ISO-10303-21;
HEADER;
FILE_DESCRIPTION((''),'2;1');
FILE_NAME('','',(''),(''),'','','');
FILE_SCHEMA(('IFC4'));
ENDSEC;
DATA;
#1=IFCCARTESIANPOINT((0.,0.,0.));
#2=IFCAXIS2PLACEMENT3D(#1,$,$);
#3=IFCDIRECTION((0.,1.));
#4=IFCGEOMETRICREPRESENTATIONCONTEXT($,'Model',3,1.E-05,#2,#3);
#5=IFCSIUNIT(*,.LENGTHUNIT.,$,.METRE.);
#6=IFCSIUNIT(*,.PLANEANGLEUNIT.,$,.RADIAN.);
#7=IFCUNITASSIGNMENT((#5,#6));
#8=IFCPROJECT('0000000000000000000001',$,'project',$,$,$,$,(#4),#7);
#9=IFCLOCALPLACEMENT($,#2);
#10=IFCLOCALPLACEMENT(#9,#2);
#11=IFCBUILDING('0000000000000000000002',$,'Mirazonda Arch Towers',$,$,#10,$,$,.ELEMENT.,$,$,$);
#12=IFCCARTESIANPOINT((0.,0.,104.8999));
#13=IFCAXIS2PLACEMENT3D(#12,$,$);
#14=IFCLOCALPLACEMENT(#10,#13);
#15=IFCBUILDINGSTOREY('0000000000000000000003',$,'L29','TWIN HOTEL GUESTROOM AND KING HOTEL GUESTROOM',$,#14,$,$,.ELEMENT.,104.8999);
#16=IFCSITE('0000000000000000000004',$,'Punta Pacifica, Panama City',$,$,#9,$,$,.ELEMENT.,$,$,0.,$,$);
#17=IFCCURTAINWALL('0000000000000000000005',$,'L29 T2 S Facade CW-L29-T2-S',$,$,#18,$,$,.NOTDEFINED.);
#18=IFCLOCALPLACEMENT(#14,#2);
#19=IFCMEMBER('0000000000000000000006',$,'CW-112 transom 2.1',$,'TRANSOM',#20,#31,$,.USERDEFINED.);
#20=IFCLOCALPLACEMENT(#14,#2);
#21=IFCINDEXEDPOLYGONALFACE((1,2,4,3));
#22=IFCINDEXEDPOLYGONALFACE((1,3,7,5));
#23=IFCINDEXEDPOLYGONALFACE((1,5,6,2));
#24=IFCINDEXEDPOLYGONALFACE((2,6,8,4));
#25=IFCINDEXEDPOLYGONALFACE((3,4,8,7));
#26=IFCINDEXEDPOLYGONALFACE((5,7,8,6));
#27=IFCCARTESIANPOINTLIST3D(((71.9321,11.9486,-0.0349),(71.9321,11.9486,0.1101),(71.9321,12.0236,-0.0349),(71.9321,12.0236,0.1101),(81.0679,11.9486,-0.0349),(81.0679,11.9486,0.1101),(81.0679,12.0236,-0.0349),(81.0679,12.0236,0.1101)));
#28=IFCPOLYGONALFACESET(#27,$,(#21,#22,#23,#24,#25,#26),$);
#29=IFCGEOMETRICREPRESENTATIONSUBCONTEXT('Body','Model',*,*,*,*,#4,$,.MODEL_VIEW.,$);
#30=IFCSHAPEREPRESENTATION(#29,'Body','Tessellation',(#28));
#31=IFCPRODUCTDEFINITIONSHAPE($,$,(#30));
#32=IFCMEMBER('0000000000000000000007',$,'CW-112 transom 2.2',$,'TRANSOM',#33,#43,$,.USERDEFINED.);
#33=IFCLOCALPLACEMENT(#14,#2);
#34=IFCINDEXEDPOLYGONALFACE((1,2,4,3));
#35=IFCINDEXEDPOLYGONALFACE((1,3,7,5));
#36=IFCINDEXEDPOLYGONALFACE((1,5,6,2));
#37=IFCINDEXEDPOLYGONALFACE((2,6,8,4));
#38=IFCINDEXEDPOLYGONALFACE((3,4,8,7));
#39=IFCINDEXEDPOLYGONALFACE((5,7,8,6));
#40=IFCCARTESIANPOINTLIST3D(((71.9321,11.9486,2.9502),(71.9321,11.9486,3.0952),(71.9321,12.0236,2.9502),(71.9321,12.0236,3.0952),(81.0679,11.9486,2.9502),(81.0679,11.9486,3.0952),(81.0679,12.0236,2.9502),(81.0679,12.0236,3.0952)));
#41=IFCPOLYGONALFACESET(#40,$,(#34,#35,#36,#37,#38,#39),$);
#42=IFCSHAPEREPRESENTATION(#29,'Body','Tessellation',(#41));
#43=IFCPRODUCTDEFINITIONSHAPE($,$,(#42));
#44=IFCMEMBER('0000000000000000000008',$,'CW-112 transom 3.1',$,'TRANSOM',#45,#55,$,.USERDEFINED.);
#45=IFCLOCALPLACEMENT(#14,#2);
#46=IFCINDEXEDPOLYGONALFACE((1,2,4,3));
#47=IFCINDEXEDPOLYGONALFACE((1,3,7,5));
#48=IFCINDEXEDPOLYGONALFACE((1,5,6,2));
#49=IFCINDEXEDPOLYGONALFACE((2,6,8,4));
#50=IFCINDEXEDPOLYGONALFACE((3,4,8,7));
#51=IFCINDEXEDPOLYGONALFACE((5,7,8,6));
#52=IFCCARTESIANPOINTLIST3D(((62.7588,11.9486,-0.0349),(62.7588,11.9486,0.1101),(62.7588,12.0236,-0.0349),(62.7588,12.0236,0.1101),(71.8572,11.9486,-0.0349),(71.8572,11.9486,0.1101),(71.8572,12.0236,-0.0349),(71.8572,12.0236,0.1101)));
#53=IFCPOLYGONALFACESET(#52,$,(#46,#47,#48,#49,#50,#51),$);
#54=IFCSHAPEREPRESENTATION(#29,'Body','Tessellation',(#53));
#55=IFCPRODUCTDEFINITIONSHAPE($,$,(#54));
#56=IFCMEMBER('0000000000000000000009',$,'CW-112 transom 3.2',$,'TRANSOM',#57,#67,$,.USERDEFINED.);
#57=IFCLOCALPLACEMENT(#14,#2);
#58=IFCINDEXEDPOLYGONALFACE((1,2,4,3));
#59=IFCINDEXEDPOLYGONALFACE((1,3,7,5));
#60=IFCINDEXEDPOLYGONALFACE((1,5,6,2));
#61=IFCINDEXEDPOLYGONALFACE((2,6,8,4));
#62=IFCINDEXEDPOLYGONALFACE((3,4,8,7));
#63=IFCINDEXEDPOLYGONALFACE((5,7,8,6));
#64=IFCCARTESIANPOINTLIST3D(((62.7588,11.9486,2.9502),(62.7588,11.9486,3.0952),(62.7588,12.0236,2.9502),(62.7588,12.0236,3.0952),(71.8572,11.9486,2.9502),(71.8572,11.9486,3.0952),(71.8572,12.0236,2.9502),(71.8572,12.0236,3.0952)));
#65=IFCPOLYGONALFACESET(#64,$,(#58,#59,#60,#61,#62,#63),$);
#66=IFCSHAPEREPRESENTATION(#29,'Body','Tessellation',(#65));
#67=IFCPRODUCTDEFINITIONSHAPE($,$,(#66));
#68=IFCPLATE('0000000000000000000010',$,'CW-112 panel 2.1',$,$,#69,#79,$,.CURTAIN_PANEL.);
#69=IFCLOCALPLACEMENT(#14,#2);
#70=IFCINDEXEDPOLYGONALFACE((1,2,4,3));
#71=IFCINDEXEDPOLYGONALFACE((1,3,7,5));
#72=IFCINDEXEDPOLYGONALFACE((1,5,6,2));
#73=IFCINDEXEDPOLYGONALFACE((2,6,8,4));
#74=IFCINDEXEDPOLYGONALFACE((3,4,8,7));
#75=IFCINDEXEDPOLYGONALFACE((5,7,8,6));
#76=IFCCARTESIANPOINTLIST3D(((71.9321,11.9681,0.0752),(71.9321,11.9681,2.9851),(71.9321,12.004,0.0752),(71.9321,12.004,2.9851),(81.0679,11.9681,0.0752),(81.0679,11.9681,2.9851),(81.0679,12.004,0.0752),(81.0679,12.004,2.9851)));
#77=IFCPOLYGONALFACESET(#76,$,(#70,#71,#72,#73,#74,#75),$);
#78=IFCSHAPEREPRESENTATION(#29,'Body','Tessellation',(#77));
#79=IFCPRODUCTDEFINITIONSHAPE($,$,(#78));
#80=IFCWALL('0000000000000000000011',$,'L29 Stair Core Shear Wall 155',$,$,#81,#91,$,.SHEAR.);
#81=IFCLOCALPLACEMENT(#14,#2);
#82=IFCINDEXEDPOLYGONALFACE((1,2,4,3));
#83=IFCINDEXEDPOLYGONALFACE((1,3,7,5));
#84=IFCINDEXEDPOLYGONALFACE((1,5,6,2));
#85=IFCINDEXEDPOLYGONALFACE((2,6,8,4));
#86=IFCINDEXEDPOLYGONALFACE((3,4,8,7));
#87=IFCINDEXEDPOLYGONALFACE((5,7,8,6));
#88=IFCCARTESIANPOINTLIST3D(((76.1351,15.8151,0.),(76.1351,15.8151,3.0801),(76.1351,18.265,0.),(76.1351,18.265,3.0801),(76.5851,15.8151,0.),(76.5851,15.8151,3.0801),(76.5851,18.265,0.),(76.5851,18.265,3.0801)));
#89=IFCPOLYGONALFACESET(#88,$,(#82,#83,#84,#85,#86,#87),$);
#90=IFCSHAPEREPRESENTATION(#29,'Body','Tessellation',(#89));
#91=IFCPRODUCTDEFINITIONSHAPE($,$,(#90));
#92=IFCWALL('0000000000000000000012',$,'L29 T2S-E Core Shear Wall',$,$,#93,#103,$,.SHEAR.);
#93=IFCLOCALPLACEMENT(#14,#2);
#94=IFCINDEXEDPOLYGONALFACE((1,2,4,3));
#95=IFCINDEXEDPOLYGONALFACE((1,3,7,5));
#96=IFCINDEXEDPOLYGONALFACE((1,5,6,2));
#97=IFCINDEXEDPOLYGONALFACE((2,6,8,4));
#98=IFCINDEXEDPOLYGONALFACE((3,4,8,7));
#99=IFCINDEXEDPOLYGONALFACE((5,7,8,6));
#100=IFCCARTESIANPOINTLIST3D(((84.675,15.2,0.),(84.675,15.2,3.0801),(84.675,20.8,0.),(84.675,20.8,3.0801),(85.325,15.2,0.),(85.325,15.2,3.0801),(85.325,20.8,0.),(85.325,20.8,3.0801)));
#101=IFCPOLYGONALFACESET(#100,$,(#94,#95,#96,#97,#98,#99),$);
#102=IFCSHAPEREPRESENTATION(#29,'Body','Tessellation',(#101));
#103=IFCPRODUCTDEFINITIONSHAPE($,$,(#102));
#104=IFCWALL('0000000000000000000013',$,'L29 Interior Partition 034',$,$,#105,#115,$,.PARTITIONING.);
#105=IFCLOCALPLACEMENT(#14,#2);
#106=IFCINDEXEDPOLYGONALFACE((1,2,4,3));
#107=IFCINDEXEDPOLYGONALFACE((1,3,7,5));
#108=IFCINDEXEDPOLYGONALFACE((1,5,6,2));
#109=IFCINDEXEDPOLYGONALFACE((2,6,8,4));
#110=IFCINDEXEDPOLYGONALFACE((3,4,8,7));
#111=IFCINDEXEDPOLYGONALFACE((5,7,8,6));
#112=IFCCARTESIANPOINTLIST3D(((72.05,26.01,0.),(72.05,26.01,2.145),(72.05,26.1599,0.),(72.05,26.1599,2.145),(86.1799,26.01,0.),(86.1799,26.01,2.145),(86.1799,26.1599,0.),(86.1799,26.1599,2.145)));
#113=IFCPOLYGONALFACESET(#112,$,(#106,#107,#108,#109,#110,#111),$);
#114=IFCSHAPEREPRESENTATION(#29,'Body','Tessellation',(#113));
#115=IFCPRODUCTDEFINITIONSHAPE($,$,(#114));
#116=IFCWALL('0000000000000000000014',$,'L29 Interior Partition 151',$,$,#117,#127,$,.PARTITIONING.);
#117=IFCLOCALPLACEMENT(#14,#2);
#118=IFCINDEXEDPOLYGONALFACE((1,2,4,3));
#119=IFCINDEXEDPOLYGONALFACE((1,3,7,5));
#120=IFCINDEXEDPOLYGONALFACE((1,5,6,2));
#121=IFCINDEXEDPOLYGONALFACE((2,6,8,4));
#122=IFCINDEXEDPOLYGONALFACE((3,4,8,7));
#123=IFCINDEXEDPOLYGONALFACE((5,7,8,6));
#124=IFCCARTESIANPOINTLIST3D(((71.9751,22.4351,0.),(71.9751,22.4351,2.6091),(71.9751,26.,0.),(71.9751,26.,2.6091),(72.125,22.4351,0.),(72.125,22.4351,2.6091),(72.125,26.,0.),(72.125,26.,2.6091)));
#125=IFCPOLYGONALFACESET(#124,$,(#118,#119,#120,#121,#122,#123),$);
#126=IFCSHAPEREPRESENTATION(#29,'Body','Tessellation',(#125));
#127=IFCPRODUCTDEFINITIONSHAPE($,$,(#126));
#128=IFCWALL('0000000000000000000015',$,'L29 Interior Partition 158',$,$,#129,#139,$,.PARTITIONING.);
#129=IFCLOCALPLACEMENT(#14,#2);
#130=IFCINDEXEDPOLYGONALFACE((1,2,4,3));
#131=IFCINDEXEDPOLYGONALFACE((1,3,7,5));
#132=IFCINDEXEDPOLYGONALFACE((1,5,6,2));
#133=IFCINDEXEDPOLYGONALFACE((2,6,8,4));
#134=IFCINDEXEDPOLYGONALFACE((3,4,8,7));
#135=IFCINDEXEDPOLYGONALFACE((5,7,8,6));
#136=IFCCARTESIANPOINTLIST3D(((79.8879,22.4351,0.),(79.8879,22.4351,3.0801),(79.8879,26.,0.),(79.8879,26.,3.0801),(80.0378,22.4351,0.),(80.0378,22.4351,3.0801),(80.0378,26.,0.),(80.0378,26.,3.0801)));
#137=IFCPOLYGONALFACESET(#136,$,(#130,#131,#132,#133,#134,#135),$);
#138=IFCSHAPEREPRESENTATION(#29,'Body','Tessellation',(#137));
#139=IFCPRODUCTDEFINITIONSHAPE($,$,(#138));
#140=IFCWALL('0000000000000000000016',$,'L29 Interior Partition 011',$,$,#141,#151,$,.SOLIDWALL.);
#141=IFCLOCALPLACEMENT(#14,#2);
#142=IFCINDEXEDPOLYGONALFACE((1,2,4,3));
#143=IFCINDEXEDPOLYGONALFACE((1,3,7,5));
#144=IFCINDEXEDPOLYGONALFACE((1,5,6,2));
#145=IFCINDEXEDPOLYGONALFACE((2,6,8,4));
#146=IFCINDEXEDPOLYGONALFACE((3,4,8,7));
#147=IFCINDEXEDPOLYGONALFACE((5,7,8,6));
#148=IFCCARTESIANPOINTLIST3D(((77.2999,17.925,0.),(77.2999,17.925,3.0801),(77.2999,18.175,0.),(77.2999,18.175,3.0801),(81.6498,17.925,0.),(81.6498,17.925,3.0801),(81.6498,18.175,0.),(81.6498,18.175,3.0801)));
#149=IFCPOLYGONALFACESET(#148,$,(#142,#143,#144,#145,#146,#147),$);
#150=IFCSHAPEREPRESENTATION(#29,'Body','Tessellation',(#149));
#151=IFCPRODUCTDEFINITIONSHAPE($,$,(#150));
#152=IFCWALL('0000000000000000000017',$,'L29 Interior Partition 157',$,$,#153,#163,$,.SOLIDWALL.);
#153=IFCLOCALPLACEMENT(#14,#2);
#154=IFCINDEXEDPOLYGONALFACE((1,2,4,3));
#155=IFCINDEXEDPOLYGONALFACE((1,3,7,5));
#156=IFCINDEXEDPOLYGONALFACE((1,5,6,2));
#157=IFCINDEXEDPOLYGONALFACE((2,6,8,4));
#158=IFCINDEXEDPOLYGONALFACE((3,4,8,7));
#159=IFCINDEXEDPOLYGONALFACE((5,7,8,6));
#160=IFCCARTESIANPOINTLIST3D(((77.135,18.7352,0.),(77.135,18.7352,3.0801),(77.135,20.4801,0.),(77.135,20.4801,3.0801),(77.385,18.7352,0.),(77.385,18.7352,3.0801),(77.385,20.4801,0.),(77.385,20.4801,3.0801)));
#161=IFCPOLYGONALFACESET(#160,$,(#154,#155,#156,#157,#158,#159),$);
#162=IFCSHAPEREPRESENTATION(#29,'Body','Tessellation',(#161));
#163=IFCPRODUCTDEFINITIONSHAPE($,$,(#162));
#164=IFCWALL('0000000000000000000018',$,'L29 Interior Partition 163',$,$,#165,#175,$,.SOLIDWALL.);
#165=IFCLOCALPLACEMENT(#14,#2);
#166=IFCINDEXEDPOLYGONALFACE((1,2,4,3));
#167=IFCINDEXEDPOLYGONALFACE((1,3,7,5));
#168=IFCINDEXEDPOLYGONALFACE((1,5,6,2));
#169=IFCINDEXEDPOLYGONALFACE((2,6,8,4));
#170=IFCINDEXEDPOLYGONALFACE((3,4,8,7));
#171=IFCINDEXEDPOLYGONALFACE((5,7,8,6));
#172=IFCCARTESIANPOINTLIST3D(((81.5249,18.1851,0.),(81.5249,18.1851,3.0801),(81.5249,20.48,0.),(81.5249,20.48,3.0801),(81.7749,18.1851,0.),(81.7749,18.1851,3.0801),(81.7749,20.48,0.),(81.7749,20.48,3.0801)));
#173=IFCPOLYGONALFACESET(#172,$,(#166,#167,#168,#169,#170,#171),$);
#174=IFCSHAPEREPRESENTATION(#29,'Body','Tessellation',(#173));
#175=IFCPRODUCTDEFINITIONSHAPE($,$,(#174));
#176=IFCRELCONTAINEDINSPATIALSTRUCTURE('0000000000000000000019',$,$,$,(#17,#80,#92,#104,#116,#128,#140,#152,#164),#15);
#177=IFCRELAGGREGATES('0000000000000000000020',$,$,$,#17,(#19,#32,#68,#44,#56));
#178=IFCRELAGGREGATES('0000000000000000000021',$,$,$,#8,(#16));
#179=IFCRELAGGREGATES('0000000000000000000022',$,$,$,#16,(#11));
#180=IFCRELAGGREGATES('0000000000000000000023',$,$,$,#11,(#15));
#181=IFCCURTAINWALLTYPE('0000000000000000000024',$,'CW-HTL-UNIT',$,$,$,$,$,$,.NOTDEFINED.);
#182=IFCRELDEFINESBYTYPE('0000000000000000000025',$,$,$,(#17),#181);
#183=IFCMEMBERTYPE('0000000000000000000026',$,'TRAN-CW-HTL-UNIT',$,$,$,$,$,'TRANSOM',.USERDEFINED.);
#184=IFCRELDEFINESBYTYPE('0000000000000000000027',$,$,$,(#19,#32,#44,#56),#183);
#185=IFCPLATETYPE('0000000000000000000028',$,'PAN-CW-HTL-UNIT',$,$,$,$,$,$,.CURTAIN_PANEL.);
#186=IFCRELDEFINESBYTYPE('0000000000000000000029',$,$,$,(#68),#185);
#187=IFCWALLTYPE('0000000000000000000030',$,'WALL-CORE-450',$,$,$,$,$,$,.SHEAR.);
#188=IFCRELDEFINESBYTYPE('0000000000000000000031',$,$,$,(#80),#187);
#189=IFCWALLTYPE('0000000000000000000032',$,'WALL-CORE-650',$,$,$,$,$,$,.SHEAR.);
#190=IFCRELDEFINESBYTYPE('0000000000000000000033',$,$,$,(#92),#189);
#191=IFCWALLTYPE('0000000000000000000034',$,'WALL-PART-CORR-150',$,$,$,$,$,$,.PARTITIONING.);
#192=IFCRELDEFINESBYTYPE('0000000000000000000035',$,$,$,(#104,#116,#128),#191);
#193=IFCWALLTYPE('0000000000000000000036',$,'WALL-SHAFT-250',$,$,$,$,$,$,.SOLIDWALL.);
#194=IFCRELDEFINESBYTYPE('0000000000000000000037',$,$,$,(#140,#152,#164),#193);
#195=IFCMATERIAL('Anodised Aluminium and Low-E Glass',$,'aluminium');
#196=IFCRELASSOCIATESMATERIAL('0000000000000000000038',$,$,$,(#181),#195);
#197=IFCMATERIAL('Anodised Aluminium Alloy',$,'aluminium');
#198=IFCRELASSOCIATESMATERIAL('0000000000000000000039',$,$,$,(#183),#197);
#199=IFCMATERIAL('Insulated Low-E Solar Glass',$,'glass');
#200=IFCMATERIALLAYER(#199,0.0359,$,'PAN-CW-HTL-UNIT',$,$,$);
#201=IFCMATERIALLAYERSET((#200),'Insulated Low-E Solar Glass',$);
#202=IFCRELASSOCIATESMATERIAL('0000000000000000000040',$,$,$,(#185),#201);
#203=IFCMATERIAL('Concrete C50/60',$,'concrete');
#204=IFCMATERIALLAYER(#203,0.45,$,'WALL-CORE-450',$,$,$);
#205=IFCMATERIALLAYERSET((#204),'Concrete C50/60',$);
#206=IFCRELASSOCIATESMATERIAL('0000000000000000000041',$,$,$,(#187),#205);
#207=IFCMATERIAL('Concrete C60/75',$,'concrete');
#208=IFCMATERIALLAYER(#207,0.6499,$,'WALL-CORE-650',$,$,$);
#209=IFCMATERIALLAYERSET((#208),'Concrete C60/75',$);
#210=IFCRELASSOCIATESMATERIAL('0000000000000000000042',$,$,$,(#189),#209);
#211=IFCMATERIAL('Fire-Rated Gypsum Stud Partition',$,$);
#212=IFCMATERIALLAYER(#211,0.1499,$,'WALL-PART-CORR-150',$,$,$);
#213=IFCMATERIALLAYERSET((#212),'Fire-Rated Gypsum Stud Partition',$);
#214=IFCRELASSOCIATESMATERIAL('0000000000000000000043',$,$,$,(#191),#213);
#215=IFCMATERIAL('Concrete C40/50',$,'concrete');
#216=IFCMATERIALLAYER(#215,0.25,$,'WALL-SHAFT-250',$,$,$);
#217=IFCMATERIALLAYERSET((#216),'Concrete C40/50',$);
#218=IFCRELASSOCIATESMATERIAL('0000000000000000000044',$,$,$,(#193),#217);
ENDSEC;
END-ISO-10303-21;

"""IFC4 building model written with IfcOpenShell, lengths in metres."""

from ifc_helpers import new_model, si_unit, direction, frame, frame_2d, origin, origin_2d, place, context, subcontext, project, spatial, rectangle, extrude, material, layer, layer_set, material_profile, profile_set, type_object, element, aggregate, save


model = new_model("IFC4")

# Units and contexts
model_context = context("Model", 3, precision=1e-05, world=origin(), true_north=direction((0.0, 1.0)))
body_context = subcontext(model_context, "Body", "Model", "MODEL_VIEW")
ifc_project = project(units=[si_unit("LENGTHUNIT", "METRE"), si_unit("PLANEANGLEUNIT", "RADIAN")], contexts=[model_context])

# Site, building, storey
site_placement = place(None, origin())
site = spatial("IfcSite", under=ifc_project, at=site_placement, Name="Punta Pacifica, Panama City", CompositionType="ELEMENT", RefElevation=0.0)
building_placement = place(site_placement, origin())
building = spatial("IfcBuilding", under=site, at=building_placement, Name="Mirazonda Arch Towers", CompositionType="ELEMENT")
storey_placement = place(building_placement, frame((0.0, 0.0, 104.8999)))
storey = spatial("IfcBuildingStorey", under=building, at=storey_placement, Name="L29", Description="TWIN HOTEL GUESTROOM AND KING HOTEL GUESTROOM", CompositionType="ELEMENT", Elevation=104.8999)

# Shared definitions
ifc_material_1 = material(Name="Concrete C50/60", Category="concrete")

# Shared definitions
ifc_material_2 = material(Name="Concrete C60/75", Category="concrete")

# Curtain wall, members, plate
ifc_material_3 = material(Name="Anodised Aluminium and Low-E Glass", Category="aluminium")
curtain_wall_type = type_object("IfcCurtainWallType", Name="CW-HTL-UNIT", PredefinedType="NOTDEFINED", material=ifc_material_3)
curtain_wall_placement = place(storey_placement, origin())
curtain_wall = element("IfcCurtainWall", 1, at=curtain_wall_placement, inside=storey, type_object=curtain_wall_type, Name="L29 T2 S Facade CW-L29-T2-S", PredefinedType="NOTDEFINED")
ifc_material_4 = material(Name="Anodised Aluminium Alloy", Category="aluminium")
ifc_material_profile_1 = material_profile(ifc_material_4, rectangle(XDim=0.075, YDim=0.145, at=origin_2d()), Name="ALU-TRAN-75x145")
ifc_profile_set_1 = profile_set([ifc_material_profile_1], Name="Anodised Aluminium Alloy")
member_type_1 = type_object("IfcMemberType", Name="TRAN-CW-HTL-UNIT", ElementType="TRANSOM", PredefinedType="USERDEFINED", material=ifc_profile_set_1)
member_1_placement = place(storey_placement, frame((81.0679, 11.9861, 0.0376), z_axis=(-1.0, 0.0, 0.0), x_axis=(0.0, -1.0, 0.0)))
member_1 = element("IfcMember", 2, at=member_1_placement, type_object=member_type_1, Name="CW-112 transom 2.1", ObjectType="TRANSOM", PredefinedType="USERDEFINED", context=body_context, shape_type="SweptSolid", body=[
    extrude(rectangle(XDim=0.075, YDim=0.145, at=origin_2d()), origin(), (0.0, 0.0, 1.0), 9.1357),
])
member_2_placement = place(storey_placement, frame((81.0679, 11.9861, 3.0227), z_axis=(-1.0, 0.0, 0.0), x_axis=(0.0, -1.0, 0.0)))
member_2 = element("IfcMember", 3, at=member_2_placement, type_object=member_type_1, Name="CW-112 transom 2.2", ObjectType="TRANSOM", PredefinedType="USERDEFINED", context=body_context, shape_type="SweptSolid", body=[
    extrude(rectangle(XDim=0.075, YDim=0.145, at=origin_2d()), origin(), (0.0, 0.0, 1.0), 9.1357),
])
member_3_placement = place(storey_placement, frame((71.8572, 11.9861, 0.0376), z_axis=(-1.0, 0.0, 0.0), x_axis=(0.0, -1.0, 0.0)))
member_3 = element("IfcMember", 4, at=member_3_placement, type_object=member_type_1, Name="CW-112 transom 3.1", ObjectType="TRANSOM", PredefinedType="USERDEFINED", context=body_context, shape_type="SweptSolid", body=[
    extrude(rectangle(XDim=0.075, YDim=0.145, at=origin_2d()), origin(), (0.0, 0.0, 1.0), 9.0984),
])
member_4_placement = place(storey_placement, frame((71.8572, 11.9861, 3.0227), z_axis=(-1.0, 0.0, 0.0), x_axis=(0.0, -1.0, 0.0)))
member_4 = element("IfcMember", 5, at=member_4_placement, type_object=member_type_1, Name="CW-112 transom 3.2", ObjectType="TRANSOM", PredefinedType="USERDEFINED", context=body_context, shape_type="SweptSolid", body=[
    extrude(rectangle(XDim=0.075, YDim=0.145, at=origin_2d()), origin(), (0.0, 0.0, 1.0), 9.0984),
])
ifc_material_5 = material(Name="Insulated Low-E Solar Glass", Category="glass")
ifc_layer_1 = layer(ifc_material_5, 0.0359, Name="PAN-CW-HTL-UNIT")
ifc_layer_set_1 = layer_set([ifc_layer_1], Name="Insulated Low-E Solar Glass")
plate_type = type_object("IfcPlateType", Name="PAN-CW-HTL-UNIT", PredefinedType="CURTAIN_PANEL", material=ifc_layer_set_1)
plate_placement = place(storey_placement, frame((76.5, 11.9861, 0.0752), z_axis=(0.0, 0.0, 1.0), x_axis=(-1.0, 0.0, 0.0)))
plate = element("IfcPlate", 6, at=plate_placement, type_object=plate_type, Name="CW-112 panel 2.1", PredefinedType="CURTAIN_PANEL", context=body_context, shape_type="SweptSolid", body=[
    extrude(rectangle(XDim=9.1357, YDim=0.0359, at=origin_2d()), origin(), (0.0, 0.0, 1.0), 2.9099),
])
aggregate(curtain_wall, [member_1, member_2, plate, member_3, member_4])

# Walls
ifc_layer_2 = layer(ifc_material_1, 0.45, Name="WALL-CORE-450")
ifc_layer_set_2 = layer_set([ifc_layer_2], Name="Concrete C50/60")
wall_type_1 = type_object("IfcWallType", Name="WALL-CORE-450", PredefinedType="SHEAR", material=ifc_layer_set_2)
wall_1_placement = place(storey_placement, frame((76.3601, 15.8149, 0.0), z_axis=(0.0, 0.0, 1.0), x_axis=(0.0, 1.0, 0.0)))
element("IfcWall", 7, at=wall_1_placement, inside=storey, type_object=wall_type_1, Name="L29 Stair Core Shear Wall 155", PredefinedType="SHEAR", context=body_context, shape_type="SweptSolid", body=[
    extrude(rectangle(XDim=2.45, YDim=0.45, at=frame_2d((1.2251, 0.0))), origin(), (0.0, 0.0, 1.0), 3.0801),
])
ifc_layer_3 = layer(ifc_material_2, 0.6499, Name="WALL-CORE-650")
ifc_layer_set_3 = layer_set([ifc_layer_3], Name="Concrete C60/75")
wall_type_2 = type_object("IfcWallType", Name="WALL-CORE-650", PredefinedType="SHEAR", material=ifc_layer_set_3)
wall_2_placement = place(storey_placement, frame((85.0, 15.2, 0.0), z_axis=(0.0, 0.0, 1.0), x_axis=(0.0, 1.0, 0.0)))
element("IfcWall", 8, at=wall_2_placement, inside=storey, type_object=wall_type_2, Name="L29 T2S-E Core Shear Wall", PredefinedType="SHEAR", context=body_context, shape_type="SweptSolid", body=[
    extrude(rectangle(XDim=5.6001, YDim=0.6499, at=frame_2d((2.8, 0.0))), origin(), (0.0, 0.0, 1.0), 3.0801),
])
ifc_material_6 = material(Name="Fire-Rated Gypsum Stud Partition")
ifc_layer_4 = layer(ifc_material_6, 0.1499, Name="WALL-PART-CORR-150")
ifc_layer_set_4 = layer_set([ifc_layer_4], Name="Fire-Rated Gypsum Stud Partition")
wall_type_3 = type_object("IfcWallType", Name="WALL-PART-CORR-150", PredefinedType="PARTITIONING", material=ifc_layer_set_4)
wall_3_placement = place(storey_placement, frame((72.05, 26.085, 0.0), z_axis=(0.0, 0.0, 1.0), x_axis=(1.0, 0.0, 0.0)))
element("IfcWall", 9, at=wall_3_placement, inside=storey, type_object=wall_type_3, Name="L29 Interior Partition 034", PredefinedType="PARTITIONING", context=body_context, shape_type="SweptSolid", body=[
    extrude(rectangle(XDim=14.1299, YDim=0.1499, at=frame_2d((7.0649, 0.0))), origin(), (0.0, 0.0, 1.0), 2.145),
])
wall_4_placement = place(storey_placement, frame((72.05, 22.4351, 0.0), z_axis=(0.0, 0.0, 1.0), x_axis=(0.0, 1.0, 0.0)))
element("IfcWall", 10, at=wall_4_placement, inside=storey, type_object=wall_type_3, Name="L29 Interior Partition 151", PredefinedType="PARTITIONING", context=body_context, shape_type="SweptSolid", body=[
    extrude(rectangle(XDim=3.5649, YDim=0.1499, at=frame_2d((1.7825, 0.0))), origin(), (0.0, 0.0, 1.0), 2.6091),
])
wall_5_placement = place(storey_placement, frame((79.9629, 22.4351, 0.0), z_axis=(0.0, 0.0, 1.0), x_axis=(0.0, 1.0, 0.0)))
element("IfcWall", 11, at=wall_5_placement, inside=storey, type_object=wall_type_3, Name="L29 Interior Partition 158", PredefinedType="PARTITIONING", context=body_context, shape_type="SweptSolid", body=[
    extrude(rectangle(XDim=3.5649, YDim=0.1499, at=frame_2d((1.7825, 0.0))), origin(), (0.0, 0.0, 1.0), 3.0801),
])
ifc_material_7 = material(Name="Concrete C40/50", Category="concrete")
ifc_layer_5 = layer(ifc_material_7, 0.25, Name="WALL-SHAFT-250")
ifc_layer_set_5 = layer_set([ifc_layer_5], Name="Concrete C40/50")
wall_type_4 = type_object("IfcWallType", Name="WALL-SHAFT-250", PredefinedType="SOLIDWALL", material=ifc_layer_set_5)
wall_6_placement = place(storey_placement, frame((77.3, 18.05, 0.0), z_axis=(0.0, 0.0, 1.0), x_axis=(1.0, 0.0, 0.0)))
element("IfcWall", 12, at=wall_6_placement, inside=storey, type_object=wall_type_4, Name="L29 Interior Partition 011", PredefinedType="SOLIDWALL", context=body_context, shape_type="SweptSolid", body=[
    extrude(rectangle(XDim=4.3499, YDim=0.25, at=frame_2d((2.1748, 0.0))), origin(), (0.0, 0.0, 1.0), 3.0801),
])
wall_7_placement = place(storey_placement, frame((77.26, 18.7351, 0.0), z_axis=(0.0, 0.0, 1.0), x_axis=(0.0, 1.0, 0.0)))
element("IfcWall", 13, at=wall_7_placement, inside=storey, type_object=wall_type_4, Name="L29 Interior Partition 157", PredefinedType="SOLIDWALL", context=body_context, shape_type="SweptSolid", body=[
    extrude(rectangle(XDim=1.7449, YDim=0.25, at=frame_2d((0.8726, 0.0))), origin(), (0.0, 0.0, 1.0), 3.0801),
])
wall_8_placement = place(storey_placement, frame((81.6499, 18.1851, 0.0), z_axis=(0.0, 0.0, 1.0), x_axis=(0.0, 1.0, 0.0)))
element("IfcWall", 14, at=wall_8_placement, inside=storey, type_object=wall_type_4, Name="L29 Interior Partition 163", PredefinedType="SOLIDWALL", context=body_context, shape_type="SweptSolid", body=[
    extrude(rectangle(XDim=2.2949, YDim=0.25, at=frame_2d((1.1475, 0.0))), origin(), (0.0, 0.0, 1.0), 3.0801),
])

save(model, "model.ifc")
